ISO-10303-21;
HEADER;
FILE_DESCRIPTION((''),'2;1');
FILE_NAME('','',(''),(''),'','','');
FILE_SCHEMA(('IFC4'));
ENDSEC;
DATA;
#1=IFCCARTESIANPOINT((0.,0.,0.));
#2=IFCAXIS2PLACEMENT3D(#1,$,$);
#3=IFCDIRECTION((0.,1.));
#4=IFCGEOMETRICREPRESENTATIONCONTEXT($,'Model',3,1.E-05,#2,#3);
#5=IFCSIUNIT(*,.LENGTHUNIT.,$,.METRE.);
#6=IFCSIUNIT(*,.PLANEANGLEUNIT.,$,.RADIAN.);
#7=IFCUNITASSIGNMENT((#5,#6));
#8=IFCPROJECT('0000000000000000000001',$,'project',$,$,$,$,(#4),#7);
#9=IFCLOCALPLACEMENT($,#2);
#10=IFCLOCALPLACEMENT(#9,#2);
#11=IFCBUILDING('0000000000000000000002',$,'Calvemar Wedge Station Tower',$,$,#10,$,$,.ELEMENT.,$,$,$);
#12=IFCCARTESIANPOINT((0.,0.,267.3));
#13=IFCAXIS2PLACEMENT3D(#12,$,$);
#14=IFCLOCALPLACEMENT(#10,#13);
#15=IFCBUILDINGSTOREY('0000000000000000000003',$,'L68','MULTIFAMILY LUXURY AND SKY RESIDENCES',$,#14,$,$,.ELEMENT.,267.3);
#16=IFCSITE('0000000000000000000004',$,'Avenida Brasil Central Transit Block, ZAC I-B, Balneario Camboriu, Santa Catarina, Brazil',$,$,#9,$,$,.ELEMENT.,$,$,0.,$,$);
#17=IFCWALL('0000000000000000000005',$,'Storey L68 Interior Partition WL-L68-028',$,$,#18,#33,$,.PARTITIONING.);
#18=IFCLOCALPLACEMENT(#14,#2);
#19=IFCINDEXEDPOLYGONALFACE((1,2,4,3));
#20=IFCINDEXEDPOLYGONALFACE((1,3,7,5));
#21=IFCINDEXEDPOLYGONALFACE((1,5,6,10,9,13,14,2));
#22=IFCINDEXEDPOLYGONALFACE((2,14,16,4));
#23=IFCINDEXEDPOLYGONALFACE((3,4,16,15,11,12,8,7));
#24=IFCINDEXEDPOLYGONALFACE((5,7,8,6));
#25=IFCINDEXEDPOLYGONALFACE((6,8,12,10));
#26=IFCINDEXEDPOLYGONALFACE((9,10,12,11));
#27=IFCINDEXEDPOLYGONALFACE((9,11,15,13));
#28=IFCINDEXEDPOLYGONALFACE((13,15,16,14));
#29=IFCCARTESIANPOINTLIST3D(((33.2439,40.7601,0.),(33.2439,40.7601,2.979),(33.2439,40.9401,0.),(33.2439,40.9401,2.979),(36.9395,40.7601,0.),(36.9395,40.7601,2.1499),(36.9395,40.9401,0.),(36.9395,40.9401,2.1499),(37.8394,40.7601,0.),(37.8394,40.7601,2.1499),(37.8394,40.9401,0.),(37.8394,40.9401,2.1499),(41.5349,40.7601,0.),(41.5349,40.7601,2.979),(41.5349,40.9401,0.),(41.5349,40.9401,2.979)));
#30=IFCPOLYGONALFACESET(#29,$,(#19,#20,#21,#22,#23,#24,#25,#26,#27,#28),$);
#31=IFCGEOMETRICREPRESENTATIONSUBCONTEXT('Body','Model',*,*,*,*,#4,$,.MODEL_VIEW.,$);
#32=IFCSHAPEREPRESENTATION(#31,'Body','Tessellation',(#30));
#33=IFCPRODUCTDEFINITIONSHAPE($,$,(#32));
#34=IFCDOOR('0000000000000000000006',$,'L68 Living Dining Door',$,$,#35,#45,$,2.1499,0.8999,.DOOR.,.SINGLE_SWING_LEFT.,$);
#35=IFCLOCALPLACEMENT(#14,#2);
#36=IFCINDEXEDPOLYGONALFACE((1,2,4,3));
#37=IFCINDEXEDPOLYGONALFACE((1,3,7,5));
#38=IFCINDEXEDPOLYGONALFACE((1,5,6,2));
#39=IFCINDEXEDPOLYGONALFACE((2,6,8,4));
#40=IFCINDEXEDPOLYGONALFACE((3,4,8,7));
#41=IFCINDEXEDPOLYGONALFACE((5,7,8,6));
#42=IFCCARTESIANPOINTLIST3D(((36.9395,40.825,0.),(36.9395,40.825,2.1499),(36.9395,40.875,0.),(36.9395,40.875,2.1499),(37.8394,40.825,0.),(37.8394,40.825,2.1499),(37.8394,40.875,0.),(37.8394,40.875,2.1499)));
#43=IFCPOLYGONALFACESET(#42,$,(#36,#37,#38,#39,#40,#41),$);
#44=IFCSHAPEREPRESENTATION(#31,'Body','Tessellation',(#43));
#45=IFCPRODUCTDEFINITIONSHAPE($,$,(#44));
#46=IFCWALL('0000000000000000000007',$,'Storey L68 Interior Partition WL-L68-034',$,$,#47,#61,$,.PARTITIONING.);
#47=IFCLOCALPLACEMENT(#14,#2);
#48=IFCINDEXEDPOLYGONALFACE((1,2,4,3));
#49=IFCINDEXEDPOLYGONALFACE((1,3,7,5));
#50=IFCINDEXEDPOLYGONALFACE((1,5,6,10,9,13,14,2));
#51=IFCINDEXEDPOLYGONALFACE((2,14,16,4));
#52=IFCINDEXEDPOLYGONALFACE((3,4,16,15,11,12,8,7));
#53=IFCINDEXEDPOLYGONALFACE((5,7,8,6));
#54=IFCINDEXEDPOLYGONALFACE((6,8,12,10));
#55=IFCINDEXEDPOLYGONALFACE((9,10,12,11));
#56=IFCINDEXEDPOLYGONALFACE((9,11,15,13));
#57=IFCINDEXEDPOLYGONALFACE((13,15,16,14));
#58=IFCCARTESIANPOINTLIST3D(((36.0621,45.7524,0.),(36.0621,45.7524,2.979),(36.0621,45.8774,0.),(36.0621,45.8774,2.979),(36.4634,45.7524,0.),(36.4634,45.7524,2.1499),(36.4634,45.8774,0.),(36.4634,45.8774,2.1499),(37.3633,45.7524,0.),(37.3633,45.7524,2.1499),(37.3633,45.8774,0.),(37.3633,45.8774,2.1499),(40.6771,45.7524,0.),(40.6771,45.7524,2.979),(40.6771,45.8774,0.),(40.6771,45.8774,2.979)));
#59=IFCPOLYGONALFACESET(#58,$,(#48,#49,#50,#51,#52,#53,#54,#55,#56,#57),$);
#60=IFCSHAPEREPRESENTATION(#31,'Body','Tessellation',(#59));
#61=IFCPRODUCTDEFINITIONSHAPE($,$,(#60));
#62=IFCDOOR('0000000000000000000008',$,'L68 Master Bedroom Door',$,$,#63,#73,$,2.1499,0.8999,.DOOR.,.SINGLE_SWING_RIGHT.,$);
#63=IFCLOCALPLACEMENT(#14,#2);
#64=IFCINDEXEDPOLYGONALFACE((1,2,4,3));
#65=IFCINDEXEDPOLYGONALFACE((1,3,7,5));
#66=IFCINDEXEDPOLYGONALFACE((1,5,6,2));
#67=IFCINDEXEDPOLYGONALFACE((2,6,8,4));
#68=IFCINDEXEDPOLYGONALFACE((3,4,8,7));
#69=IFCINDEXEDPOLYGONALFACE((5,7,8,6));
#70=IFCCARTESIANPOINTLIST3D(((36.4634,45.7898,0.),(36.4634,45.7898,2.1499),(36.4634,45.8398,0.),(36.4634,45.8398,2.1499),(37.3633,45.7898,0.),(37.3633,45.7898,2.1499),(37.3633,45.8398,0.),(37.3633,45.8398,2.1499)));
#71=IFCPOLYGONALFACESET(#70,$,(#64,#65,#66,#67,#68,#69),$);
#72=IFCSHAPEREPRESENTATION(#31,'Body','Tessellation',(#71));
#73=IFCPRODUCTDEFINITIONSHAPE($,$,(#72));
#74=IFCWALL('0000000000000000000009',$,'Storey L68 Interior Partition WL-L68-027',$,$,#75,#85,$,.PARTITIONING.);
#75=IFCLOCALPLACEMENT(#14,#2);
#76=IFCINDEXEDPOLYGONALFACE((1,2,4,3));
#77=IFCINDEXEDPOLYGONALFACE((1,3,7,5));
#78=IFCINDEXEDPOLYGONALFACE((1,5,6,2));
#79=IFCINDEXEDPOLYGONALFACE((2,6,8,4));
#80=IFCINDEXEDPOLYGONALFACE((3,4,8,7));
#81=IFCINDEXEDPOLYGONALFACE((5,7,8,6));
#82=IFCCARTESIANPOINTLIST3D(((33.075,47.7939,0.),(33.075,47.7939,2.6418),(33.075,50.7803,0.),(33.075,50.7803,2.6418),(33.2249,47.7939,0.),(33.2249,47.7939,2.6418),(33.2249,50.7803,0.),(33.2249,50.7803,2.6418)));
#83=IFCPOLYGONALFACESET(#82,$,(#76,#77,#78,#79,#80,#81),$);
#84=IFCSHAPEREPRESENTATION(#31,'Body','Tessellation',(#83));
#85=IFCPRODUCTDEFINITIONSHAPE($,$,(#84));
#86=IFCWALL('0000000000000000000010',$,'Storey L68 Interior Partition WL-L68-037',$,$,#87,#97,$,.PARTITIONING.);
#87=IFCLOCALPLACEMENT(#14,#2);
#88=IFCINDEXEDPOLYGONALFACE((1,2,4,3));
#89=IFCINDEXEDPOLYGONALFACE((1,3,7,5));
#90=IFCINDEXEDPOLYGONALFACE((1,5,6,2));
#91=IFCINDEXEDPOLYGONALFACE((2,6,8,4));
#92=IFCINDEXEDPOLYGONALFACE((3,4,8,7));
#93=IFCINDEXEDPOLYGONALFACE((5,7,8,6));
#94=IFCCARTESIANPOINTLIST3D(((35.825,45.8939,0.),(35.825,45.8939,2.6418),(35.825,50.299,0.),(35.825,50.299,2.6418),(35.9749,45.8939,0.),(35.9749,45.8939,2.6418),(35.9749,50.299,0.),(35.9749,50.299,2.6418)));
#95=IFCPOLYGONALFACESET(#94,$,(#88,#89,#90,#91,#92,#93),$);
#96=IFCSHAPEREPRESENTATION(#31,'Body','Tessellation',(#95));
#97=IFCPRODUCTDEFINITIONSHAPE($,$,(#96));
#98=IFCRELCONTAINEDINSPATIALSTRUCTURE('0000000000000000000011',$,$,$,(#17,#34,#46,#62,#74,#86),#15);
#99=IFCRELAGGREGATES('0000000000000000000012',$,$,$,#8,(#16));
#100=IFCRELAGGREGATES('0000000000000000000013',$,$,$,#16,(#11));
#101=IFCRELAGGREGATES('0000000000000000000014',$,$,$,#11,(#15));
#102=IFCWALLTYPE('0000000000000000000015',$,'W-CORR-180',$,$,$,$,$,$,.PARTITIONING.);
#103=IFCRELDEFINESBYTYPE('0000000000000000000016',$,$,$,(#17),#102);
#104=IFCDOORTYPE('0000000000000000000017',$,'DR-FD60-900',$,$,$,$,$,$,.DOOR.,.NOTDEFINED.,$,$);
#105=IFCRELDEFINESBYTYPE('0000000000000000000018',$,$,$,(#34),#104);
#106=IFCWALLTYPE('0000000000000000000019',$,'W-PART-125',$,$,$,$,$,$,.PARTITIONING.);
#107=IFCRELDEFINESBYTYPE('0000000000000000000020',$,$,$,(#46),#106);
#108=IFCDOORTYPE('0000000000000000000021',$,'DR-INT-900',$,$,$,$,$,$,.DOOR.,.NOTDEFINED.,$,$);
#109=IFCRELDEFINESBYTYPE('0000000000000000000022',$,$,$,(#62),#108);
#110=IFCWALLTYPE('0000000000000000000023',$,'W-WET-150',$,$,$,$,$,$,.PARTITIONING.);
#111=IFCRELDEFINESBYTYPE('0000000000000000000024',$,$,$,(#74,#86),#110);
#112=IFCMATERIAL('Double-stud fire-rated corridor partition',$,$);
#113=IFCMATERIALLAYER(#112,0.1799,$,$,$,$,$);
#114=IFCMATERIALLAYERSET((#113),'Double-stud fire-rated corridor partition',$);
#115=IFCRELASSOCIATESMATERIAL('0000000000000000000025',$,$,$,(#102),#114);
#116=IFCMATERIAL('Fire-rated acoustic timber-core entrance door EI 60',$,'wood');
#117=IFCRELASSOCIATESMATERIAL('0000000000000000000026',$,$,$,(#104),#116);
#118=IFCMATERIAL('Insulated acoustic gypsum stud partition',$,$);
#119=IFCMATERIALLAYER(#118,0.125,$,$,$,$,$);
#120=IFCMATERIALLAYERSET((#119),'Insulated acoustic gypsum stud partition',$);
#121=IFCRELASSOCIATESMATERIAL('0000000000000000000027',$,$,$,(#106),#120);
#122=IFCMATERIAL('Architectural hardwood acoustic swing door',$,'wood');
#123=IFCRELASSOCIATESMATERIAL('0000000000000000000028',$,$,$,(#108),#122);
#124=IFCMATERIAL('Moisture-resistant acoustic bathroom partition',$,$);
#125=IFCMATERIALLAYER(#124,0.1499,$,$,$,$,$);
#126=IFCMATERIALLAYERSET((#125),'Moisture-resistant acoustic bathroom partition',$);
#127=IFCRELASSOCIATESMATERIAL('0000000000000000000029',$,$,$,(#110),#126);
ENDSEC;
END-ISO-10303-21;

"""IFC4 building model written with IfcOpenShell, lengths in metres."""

from ifc_helpers import new_model, si_unit, direction, frame, frame_2d, origin, place, context, subcontext, project, spatial, rectangle, extrude, source, transform, mapped, material, layer, layer_set, type_object, element, fill, save


model = new_model("IFC4")

# Units and contexts
model_context = context("Model", 3, precision=1e-05, world=origin(), true_north=direction((0.0, 1.0)))
body_context = subcontext(model_context, "Body", "Model", "MODEL_VIEW")
ifc_project = project(units=[si_unit("LENGTHUNIT", "METRE"), si_unit("PLANEANGLEUNIT", "RADIAN")], contexts=[model_context])

# Site, building, storey
site_placement = place(None, origin())
site = spatial("IfcSite", under=ifc_project, at=site_placement, Name="Avenida Brasil Central Transit Block, ZAC I-B, Balneario Camboriu, Santa Catarina, Brazil", CompositionType="ELEMENT", RefElevation=0.0)
building_placement = place(site_placement, origin())
building = spatial("IfcBuilding", under=site, at=building_placement, Name="Calvemar Wedge Station Tower", CompositionType="ELEMENT")
storey_placement = place(building_placement, frame((0.0, 0.0, 267.3)))
storey = spatial("IfcBuildingStorey", under=building, at=storey_placement, Name="L68", Description="MULTIFAMILY LUXURY AND SKY RESIDENCES", CompositionType="ELEMENT", Elevation=267.3)

# Shared definitions
ifc_material_1 = material(Name="Double-stud fire-rated corridor partition")
ifc_layer_1 = layer(ifc_material_1, 0.1799)
ifc_layer_set_1 = layer_set([ifc_layer_1], Name="Double-stud fire-rated corridor partition")
wall_type_1 = type_object("IfcWallType", Name="W-CORR-180", PredefinedType="PARTITIONING", material=ifc_layer_set_1)

# Walls, openings, doors
wall_1_placement = place(storey_placement, frame((33.2439, 40.8501, 0.0), z_axis=(0.0, 0.0, 1.0), x_axis=(1.0, 0.0, 0.0)))
wall_1 = element("IfcWall", 1, at=wall_1_placement, inside=storey, type_object=wall_type_1, Name="Storey L68 Interior Partition WL-L68-028", PredefinedType="PARTITIONING", context=body_context, shape_type="SweptSolid", body=[
    extrude(rectangle(XDim=8.291, YDim=0.1799, at=frame_2d((4.1455, 0.0))), origin(), (0.0, 0.0, 1.0), 2.979),
])
shared_shape_1 = source(origin(), body_context, "Body", "SweptSolid", [
    extrude(rectangle(XDim=0.8999, YDim=2.1499, at=frame_2d((0.45, 1.075))), frame((0.0, 0.1001, 0.0), z_axis=(0.0, -1.0, 0.0), x_axis=(1.0, 0.0, 0.0)), (0.0, 0.0, 1.0), 0.2),
])
opening_1_placement = place(wall_1_placement, frame((3.6956, 0.0, 0.0)))
opening_1 = element("IfcOpeningElement", 2, at=opening_1_placement, cuts=wall_1, PredefinedType="OPENING", context=body_context, shape_type="MappedRepresentation", body=[
    mapped(shared_shape_1, transform((0.0, 0.0, 0.0), scale=1.0)),
])
ifc_material_2 = material(Name="Fire-rated acoustic timber-core entrance door EI 60", Category="wood")
door_type_1 = type_object("IfcDoorType", Name="DR-FD60-900", OperationType="NOTDEFINED", PredefinedType="DOOR", material=ifc_material_2)
shared_shape_2 = source(origin(), body_context, "Body", "SweptSolid", [
    extrude(rectangle(XDim=0.8999, YDim=2.1499, at=frame_2d((0.45, 1.075))), frame((0.0, 0.0249, 0.0), z_axis=(0.0, -1.0, 0.0), x_axis=(1.0, 0.0, 0.0)), (0.0, 0.0, 1.0), 0.05),
])
door_1_placement = place(opening_1_placement, origin())
door_1 = element("IfcDoor", 3, at=door_1_placement, inside=storey, type_object=door_type_1, Name="L68 Living Dining Door", OperationType="SINGLE_SWING_LEFT", OverallHeight=2.1499, OverallWidth=0.8999, PredefinedType="DOOR", context=body_context, shape_type="MappedRepresentation", body=[
    mapped(shared_shape_2, transform((0.0, 0.0, 0.0), scale=1.0)),
])
fill(opening_1, door_1)
ifc_material_3 = material(Name="Insulated acoustic gypsum stud partition")
ifc_layer_2 = layer(ifc_material_3, 0.125)
ifc_layer_set_2 = layer_set([ifc_layer_2], Name="Insulated acoustic gypsum stud partition")
wall_type_2 = type_object("IfcWallType", Name="W-PART-125", PredefinedType="PARTITIONING", material=ifc_layer_set_2)
wall_2_placement = place(storey_placement, frame((36.062, 45.8149, 0.0), z_axis=(0.0, 0.0, 1.0), x_axis=(1.0, 0.0, 0.0)))
wall_2 = element("IfcWall", 4, at=wall_2_placement, inside=storey, type_object=wall_type_2, Name="Storey L68 Interior Partition WL-L68-034", PredefinedType="PARTITIONING", context=body_context, shape_type="SweptSolid", body=[
    extrude(rectangle(XDim=4.615, YDim=0.125, at=frame_2d((2.3076, 0.0))), origin(), (0.0, 0.0, 1.0), 2.979),
])
shared_shape_3 = source(origin(), body_context, "Body", "SweptSolid", [
    extrude(rectangle(XDim=0.8999, YDim=2.1499, at=frame_2d((0.45, 1.075))), frame((0.0, 0.0725, 0.0), z_axis=(0.0, -1.0, 0.0), x_axis=(1.0, 0.0, 0.0)), (0.0, 0.0, 1.0), 0.145),
])
opening_2_placement = place(wall_2_placement, frame((0.4014, 0.0, 0.0)))
opening_2 = element("IfcOpeningElement", 5, at=opening_2_placement, cuts=wall_2, PredefinedType="OPENING", context=body_context, shape_type="MappedRepresentation", body=[
    mapped(shared_shape_3, transform((0.0, 0.0, 0.0), scale=1.0)),
])
ifc_material_4 = material(Name="Architectural hardwood acoustic swing door", Category="wood")
door_type_2 = type_object("IfcDoorType", Name="DR-INT-900", OperationType="NOTDEFINED", PredefinedType="DOOR", material=ifc_material_4)
shared_shape_4 = source(origin(), body_context, "Body", "SweptSolid", [
    extrude(rectangle(XDim=0.8999, YDim=2.1499, at=frame_2d((0.45, 1.075))), frame((0.0, 0.0249, 0.0), z_axis=(0.0, -1.0, 0.0), x_axis=(1.0, 0.0, 0.0)), (0.0, 0.0, 1.0), 0.05),
])
door_2_placement = place(opening_2_placement, origin())
door_2 = element("IfcDoor", 6, at=door_2_placement, inside=storey, type_object=door_type_2, Name="L68 Master Bedroom Door", OperationType="SINGLE_SWING_RIGHT", OverallHeight=2.1499, OverallWidth=0.8999, PredefinedType="DOOR", context=body_context, shape_type="MappedRepresentation", body=[
    mapped(shared_shape_4, transform((0.0, 0.0, 0.0), scale=1.0)),
])
fill(opening_2, door_2)

# Wall
ifc_material_5 = material(Name="Moisture-resistant acoustic bathroom partition")
ifc_layer_3 = layer(ifc_material_5, 0.1499)
ifc_layer_set_3 = layer_set([ifc_layer_3], Name="Moisture-resistant acoustic bathroom partition")
wall_type_3 = type_object("IfcWallType", Name="W-WET-150", PredefinedType="PARTITIONING", material=ifc_layer_set_3)
wall_3_placement = place(storey_placement, frame((33.1499, 50.7803, 0.0), z_axis=(0.0, 0.0, 1.0), x_axis=(0.0, -1.0, 0.0)))
element("IfcWall", 7, at=wall_3_placement, inside=storey, type_object=wall_type_3, Name="Storey L68 Interior Partition WL-L68-027", PredefinedType="PARTITIONING", context=body_context, shape_type="SweptSolid", body=[
    extrude(rectangle(XDim=2.9863, YDim=0.1499, at=frame_2d((1.4932, 0.0))), origin(), (0.0, 0.0, 1.0), 2.6418),
])

# Wall
wall_4_placement = place(storey_placement, frame((35.8999, 50.2991, 0.0), z_axis=(0.0, 0.0, 1.0), x_axis=(0.0, -1.0, 0.0)))
element("IfcWall", 8, at=wall_4_placement, inside=storey, type_object=wall_type_3, Name="Storey L68 Interior Partition WL-L68-037", PredefinedType="PARTITIONING", context=body_context, shape_type="SweptSolid", body=[
    extrude(rectangle(XDim=4.405, YDim=0.1499, at=frame_2d((2.2026, 0.0))), origin(), (0.0, 0.0, 1.0), 2.6418),
])

save(model, "model.ifc")
